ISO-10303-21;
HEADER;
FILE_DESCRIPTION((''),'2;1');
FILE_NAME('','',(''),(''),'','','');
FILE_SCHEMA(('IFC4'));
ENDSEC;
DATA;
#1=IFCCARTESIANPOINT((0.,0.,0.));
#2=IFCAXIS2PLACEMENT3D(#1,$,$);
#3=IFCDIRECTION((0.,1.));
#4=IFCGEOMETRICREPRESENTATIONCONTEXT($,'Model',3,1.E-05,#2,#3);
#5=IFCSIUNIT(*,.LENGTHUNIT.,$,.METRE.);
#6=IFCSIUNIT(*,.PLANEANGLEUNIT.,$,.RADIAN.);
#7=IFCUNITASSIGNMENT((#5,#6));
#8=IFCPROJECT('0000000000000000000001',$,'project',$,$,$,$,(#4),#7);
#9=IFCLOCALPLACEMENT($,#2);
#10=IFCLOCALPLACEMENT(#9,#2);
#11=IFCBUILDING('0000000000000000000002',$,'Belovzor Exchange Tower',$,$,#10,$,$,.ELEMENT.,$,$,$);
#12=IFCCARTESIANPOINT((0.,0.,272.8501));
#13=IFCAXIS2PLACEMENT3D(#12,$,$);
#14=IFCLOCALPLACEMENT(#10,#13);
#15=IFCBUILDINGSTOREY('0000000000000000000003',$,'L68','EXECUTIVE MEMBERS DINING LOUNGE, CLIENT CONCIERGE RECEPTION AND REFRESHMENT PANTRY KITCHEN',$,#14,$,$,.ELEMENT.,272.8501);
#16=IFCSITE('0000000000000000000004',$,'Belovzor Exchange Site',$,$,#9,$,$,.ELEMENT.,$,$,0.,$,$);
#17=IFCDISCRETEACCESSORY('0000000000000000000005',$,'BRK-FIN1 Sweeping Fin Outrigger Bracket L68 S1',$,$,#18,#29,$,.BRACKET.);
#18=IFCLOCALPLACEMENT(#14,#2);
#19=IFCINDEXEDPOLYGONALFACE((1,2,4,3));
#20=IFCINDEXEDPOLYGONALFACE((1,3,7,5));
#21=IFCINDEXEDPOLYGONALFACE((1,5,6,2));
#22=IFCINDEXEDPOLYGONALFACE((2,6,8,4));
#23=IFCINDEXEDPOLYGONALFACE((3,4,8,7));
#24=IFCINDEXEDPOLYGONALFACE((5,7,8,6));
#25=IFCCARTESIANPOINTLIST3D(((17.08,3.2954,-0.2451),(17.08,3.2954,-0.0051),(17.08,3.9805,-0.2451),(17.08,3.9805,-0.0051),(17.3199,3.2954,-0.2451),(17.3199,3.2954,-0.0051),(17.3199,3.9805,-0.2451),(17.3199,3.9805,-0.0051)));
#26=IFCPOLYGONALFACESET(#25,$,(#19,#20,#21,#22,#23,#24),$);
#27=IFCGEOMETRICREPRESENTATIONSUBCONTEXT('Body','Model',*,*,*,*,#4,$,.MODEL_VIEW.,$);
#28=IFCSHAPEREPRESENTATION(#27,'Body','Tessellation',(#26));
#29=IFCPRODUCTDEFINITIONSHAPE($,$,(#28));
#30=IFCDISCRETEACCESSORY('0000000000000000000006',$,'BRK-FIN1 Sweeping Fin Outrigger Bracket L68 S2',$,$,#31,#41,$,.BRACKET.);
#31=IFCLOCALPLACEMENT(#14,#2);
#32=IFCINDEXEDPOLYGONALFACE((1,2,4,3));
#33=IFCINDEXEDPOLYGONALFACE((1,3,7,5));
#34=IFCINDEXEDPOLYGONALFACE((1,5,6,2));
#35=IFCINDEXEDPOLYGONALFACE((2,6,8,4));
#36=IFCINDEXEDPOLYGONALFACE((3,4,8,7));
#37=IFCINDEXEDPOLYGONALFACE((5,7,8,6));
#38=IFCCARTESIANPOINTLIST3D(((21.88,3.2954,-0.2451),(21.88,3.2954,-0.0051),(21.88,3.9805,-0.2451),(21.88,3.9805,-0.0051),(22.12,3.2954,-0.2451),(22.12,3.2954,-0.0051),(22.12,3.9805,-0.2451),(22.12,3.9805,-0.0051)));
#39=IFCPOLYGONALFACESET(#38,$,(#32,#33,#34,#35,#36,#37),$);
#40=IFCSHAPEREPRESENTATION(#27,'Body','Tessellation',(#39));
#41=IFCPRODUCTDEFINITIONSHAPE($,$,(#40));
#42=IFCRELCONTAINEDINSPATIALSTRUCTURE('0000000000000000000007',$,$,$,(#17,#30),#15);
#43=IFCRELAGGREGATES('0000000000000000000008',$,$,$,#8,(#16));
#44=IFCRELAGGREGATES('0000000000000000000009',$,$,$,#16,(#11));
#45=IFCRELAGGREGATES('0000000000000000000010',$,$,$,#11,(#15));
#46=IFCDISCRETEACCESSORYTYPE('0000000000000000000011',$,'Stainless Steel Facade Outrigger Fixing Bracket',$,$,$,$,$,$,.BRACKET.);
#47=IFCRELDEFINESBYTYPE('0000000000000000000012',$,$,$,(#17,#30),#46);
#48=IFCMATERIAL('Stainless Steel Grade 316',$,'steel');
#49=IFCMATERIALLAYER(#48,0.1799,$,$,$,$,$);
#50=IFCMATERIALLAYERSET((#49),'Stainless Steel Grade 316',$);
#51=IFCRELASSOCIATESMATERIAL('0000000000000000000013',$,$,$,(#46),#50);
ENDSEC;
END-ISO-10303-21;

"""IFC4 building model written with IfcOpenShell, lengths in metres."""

from ifc_helpers import new_model, si_unit, direction, frame, origin, origin_2d, place, context, subcontext, project, spatial, rectangle, extrude, material, layer, layer_set, type_object, element, save


model = new_model("IFC4")

# Units and contexts
model_context = context("Model", 3, precision=1e-05, world=origin(), true_north=direction((0.0, 1.0)))
body_context = subcontext(model_context, "Body", "Model", "MODEL_VIEW")
ifc_project = project(units=[si_unit("LENGTHUNIT", "METRE"), si_unit("PLANEANGLEUNIT", "RADIAN")], contexts=[model_context])

# Site, building, storey
site_placement = place(None, origin())
site = spatial("IfcSite", under=ifc_project, at=site_placement, Name="Belovzor Exchange Site", CompositionType="ELEMENT", RefElevation=0.0)
building_placement = place(site_placement, origin())
building = spatial("IfcBuilding", under=site, at=building_placement, Name="Belovzor Exchange Tower", CompositionType="ELEMENT")
storey_placement = place(building_placement, frame((0.0, 0.0, 272.8501)))
storey = spatial("IfcBuildingStorey", under=building, at=storey_placement, Name="L68", Description="EXECUTIVE MEMBERS DINING LOUNGE, CLIENT CONCIERGE RECEPTION AND REFRESHMENT PANTRY KITCHEN", CompositionType="ELEMENT", Elevation=272.8501)

# Discrete accessories
ifc_material_1 = material(Name="Stainless Steel Grade 316", Category="steel")
ifc_layer_1 = layer(ifc_material_1, 0.1799)
ifc_layer_set_1 = layer_set([ifc_layer_1], Name="Stainless Steel Grade 316")
discrete_accessory_type = type_object("IfcDiscreteAccessoryType", Name="Stainless Steel Facade Outrigger Fixing Bracket", PredefinedType="BRACKET", material=ifc_layer_set_1)
for number, where, z_axis, x_axis, name in (
    (1, (17.2, 3.6379, -0.2451), (0.0, 0.0, 1.0), (0.0, 1.0, 0.0), "BRK-FIN1 Sweeping Fin Outrigger Bracket L68 S1"),
    (2, (22.0, 3.6379, -0.2451), (0.0, 0.0, 1.0), (0.0, 1.0, 0.0), "BRK-FIN1 Sweeping Fin Outrigger Bracket L68 S2"),
):
    element("IfcDiscreteAccessory", number, at=place(storey_placement, frame(where, z_axis=z_axis, x_axis=x_axis)), inside=storey, type_object=discrete_accessory_type, Name=name, PredefinedType="BRACKET", context=body_context, shape_type="SweptSolid", body=[
        extrude(rectangle(XDim=0.6851, YDim=0.24, at=origin_2d()), origin(), (0.0, 0.0, 1.0), 0.24),
    ])

save(model, "model.ifc")
